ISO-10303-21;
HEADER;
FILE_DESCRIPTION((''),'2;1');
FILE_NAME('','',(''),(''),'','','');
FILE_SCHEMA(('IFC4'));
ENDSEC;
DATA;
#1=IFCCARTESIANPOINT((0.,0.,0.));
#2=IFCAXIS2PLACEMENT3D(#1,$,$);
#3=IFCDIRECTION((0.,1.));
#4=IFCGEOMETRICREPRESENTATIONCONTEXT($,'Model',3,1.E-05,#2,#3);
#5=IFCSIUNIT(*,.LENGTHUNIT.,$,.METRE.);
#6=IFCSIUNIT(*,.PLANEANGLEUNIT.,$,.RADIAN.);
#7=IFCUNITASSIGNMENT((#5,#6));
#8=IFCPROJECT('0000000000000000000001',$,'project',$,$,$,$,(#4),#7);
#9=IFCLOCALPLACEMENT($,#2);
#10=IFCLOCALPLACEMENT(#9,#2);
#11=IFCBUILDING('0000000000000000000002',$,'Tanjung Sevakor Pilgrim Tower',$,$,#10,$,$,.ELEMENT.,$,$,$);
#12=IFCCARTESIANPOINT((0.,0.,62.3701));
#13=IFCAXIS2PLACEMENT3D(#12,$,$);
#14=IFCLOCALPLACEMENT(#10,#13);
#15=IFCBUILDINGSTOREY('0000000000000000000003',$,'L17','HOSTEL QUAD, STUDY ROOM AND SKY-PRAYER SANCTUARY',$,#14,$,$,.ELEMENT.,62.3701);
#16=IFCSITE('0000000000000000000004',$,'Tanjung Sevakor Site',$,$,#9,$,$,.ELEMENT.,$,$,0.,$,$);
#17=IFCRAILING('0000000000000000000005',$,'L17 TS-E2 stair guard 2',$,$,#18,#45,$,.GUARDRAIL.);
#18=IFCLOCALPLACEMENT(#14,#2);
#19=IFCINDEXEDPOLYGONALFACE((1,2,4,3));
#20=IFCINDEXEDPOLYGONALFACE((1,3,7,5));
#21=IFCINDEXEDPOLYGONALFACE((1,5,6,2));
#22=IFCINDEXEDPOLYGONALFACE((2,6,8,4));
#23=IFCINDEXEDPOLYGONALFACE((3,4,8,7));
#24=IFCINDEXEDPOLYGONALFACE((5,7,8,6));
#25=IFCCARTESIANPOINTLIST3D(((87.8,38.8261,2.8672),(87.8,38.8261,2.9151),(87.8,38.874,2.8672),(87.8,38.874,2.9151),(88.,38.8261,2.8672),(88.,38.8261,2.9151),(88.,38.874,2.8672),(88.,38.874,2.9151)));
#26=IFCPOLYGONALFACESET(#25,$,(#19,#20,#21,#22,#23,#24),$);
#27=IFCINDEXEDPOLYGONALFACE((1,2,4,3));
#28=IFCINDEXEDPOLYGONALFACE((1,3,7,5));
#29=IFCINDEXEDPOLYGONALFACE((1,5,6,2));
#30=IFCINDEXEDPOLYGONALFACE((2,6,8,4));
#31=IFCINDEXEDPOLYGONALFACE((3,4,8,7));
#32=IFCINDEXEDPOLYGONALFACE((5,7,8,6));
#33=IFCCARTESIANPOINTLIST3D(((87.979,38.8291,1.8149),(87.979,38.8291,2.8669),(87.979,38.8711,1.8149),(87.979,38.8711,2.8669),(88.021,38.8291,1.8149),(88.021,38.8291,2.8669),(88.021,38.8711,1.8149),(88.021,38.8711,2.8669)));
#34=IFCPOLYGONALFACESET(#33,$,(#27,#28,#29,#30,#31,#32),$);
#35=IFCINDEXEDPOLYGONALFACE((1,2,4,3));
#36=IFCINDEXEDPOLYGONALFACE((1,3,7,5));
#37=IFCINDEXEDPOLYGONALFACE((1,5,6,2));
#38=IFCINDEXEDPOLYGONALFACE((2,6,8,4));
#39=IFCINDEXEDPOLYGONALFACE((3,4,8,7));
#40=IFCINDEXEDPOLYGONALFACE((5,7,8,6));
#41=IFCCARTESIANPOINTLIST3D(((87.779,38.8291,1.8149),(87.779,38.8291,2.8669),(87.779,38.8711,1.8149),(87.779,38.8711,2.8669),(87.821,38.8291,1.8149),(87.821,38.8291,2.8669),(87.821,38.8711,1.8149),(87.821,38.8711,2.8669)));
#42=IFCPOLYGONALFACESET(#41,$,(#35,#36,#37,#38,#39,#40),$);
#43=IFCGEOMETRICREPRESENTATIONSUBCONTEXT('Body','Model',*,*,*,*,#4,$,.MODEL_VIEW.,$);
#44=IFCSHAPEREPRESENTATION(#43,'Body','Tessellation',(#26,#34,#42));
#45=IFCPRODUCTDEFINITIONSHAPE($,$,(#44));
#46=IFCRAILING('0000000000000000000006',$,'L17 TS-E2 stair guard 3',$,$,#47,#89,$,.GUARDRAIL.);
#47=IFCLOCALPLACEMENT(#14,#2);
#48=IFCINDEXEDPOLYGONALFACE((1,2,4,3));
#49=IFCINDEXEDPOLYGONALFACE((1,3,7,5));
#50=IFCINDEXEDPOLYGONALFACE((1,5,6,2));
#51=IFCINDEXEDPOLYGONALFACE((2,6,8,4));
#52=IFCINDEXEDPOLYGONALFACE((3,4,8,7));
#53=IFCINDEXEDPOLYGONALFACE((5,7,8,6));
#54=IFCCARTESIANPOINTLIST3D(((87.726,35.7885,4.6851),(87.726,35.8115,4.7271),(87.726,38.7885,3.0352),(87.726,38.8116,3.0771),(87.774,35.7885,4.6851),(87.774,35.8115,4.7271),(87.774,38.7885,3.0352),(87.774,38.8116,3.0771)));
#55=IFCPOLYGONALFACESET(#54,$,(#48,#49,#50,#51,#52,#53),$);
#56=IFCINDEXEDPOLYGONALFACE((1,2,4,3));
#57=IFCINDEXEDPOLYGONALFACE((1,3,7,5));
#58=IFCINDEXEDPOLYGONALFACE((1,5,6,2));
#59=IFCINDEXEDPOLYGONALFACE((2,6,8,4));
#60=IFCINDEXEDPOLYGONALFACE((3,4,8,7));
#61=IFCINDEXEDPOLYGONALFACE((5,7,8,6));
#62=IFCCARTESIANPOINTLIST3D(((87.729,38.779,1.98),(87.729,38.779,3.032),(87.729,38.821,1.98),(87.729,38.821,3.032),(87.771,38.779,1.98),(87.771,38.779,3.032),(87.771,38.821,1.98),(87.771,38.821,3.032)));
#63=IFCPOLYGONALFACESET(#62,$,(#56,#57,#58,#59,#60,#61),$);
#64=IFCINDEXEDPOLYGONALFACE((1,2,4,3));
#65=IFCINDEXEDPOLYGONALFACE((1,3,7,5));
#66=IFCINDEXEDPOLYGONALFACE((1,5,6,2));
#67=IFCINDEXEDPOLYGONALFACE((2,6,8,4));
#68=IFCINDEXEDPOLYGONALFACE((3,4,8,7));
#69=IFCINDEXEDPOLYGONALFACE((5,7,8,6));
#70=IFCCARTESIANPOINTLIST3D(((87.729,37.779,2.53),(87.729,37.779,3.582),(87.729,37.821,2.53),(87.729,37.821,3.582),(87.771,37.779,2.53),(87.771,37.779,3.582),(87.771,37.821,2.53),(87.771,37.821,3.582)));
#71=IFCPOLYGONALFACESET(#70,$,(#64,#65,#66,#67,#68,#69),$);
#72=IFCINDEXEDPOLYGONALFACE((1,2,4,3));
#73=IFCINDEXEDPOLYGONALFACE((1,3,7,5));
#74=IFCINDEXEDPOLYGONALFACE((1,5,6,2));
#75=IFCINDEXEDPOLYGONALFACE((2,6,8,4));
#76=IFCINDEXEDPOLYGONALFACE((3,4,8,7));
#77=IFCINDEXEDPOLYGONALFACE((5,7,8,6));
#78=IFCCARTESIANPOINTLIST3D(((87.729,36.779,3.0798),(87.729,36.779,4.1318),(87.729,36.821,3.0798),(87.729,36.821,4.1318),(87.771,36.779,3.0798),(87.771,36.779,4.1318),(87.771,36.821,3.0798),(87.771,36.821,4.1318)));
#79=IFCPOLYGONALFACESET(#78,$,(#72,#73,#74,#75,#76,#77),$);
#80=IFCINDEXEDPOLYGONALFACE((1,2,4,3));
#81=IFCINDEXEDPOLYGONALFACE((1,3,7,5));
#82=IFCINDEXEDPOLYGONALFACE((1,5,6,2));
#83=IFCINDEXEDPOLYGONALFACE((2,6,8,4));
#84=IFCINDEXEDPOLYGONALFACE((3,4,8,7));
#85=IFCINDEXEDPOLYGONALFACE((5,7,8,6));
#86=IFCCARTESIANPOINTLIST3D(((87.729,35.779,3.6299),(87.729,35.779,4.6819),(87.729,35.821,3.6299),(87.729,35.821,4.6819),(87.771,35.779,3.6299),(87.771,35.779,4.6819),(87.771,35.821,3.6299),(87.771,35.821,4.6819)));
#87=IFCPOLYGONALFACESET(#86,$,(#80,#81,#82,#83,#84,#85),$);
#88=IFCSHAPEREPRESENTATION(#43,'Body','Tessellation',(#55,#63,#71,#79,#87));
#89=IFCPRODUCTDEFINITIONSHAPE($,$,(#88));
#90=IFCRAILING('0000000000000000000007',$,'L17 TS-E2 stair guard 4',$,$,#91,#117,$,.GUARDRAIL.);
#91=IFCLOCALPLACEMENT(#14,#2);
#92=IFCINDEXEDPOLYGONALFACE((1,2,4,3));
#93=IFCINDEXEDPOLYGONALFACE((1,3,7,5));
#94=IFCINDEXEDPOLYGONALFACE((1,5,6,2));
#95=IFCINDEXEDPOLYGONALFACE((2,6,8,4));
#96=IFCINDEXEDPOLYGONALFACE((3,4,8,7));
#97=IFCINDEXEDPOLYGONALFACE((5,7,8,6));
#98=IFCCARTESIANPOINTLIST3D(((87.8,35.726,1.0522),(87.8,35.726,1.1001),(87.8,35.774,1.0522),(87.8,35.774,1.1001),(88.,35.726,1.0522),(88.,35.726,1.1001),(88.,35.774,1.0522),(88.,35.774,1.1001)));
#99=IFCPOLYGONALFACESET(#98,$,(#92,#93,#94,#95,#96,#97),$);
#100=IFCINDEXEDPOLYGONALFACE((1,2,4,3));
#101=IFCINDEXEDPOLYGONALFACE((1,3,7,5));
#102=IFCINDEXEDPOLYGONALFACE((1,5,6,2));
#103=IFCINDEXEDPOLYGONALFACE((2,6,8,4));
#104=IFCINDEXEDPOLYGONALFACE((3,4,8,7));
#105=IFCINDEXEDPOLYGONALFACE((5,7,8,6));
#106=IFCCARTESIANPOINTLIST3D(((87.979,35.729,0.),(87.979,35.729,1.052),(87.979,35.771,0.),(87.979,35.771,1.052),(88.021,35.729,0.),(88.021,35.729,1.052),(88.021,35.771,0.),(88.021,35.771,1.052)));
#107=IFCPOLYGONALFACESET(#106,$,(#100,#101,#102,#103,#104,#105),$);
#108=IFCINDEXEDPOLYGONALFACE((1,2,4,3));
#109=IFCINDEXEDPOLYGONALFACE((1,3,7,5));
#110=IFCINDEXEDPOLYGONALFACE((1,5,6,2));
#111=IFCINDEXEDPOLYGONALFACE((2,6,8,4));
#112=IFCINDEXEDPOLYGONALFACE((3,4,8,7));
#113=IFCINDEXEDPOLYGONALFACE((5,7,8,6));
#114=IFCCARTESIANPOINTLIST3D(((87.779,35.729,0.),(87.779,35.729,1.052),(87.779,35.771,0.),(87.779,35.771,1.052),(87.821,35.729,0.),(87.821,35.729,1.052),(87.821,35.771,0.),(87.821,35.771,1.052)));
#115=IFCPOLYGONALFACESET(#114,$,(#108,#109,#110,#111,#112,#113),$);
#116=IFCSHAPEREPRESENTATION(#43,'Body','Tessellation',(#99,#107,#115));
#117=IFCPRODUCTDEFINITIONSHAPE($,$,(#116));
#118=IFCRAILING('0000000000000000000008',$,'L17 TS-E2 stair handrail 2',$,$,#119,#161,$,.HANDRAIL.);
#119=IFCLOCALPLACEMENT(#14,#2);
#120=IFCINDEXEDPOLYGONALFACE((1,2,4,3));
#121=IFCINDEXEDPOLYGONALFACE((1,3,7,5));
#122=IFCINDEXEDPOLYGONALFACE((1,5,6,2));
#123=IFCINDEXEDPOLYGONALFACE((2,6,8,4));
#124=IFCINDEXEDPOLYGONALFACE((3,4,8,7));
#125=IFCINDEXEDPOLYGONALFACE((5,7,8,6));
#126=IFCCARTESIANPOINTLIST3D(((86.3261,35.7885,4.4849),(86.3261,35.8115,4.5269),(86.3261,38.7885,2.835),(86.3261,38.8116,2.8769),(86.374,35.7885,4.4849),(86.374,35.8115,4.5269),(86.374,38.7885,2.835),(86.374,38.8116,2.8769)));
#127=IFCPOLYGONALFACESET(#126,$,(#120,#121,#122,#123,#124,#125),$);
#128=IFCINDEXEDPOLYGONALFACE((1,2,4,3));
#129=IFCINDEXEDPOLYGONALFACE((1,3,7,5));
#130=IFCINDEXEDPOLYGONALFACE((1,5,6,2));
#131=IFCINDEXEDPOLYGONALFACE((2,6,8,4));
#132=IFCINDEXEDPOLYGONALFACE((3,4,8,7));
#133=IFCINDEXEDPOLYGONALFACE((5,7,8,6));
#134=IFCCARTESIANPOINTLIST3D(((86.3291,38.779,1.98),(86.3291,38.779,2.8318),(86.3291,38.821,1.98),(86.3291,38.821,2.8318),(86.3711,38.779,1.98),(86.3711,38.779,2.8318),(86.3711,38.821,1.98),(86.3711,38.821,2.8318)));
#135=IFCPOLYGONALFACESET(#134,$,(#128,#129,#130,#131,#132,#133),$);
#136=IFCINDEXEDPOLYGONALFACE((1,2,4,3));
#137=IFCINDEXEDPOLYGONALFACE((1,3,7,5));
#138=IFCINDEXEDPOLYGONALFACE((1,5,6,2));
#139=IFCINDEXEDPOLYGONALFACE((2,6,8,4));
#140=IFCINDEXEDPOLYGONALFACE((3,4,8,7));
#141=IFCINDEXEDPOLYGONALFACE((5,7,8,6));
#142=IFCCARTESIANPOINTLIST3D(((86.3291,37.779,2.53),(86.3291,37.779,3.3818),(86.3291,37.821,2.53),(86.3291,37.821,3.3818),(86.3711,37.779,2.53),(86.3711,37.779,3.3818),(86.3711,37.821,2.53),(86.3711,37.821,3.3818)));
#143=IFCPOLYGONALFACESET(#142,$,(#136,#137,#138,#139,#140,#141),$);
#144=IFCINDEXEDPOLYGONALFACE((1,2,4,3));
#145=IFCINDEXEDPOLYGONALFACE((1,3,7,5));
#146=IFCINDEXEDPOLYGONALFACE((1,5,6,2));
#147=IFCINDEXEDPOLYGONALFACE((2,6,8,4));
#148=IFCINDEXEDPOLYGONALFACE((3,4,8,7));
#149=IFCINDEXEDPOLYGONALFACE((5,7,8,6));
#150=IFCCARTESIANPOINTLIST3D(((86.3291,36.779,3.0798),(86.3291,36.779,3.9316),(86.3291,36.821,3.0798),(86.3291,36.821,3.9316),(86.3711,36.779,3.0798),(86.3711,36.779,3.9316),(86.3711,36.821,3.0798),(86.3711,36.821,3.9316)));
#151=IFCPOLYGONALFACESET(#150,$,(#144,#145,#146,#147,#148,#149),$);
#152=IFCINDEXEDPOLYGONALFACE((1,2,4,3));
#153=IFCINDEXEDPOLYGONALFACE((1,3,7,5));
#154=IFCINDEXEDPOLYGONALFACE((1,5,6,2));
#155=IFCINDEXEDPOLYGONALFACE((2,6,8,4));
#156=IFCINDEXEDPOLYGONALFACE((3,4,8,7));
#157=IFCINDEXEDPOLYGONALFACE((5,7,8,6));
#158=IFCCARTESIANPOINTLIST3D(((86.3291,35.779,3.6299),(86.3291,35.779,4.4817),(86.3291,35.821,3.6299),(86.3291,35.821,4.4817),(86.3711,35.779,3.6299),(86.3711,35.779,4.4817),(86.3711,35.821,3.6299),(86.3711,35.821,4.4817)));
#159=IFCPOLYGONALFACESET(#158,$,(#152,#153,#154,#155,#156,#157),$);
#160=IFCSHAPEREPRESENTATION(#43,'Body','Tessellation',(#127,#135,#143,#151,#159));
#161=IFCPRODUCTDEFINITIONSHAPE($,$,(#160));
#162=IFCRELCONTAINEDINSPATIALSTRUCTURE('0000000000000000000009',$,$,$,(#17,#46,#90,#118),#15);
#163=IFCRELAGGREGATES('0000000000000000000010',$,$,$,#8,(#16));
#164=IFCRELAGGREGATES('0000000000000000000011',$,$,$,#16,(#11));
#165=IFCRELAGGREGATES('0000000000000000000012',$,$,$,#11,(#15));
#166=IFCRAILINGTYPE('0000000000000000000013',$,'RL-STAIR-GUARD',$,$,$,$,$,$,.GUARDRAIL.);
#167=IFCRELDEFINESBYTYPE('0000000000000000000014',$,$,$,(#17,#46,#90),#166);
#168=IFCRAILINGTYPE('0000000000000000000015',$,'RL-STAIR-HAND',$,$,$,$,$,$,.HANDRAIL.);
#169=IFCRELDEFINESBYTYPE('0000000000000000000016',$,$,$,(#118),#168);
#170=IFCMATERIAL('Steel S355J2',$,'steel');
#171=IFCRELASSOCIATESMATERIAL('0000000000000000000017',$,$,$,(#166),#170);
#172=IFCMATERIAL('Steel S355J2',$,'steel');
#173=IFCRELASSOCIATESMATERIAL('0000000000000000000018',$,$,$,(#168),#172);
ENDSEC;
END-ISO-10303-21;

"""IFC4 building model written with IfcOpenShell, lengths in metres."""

from ifc_helpers import new_model, si_unit, direction, frame, origin, place, context, subcontext, project, spatial, rectangle, extrude, material, type_object, element, save


model = new_model("IFC4")

# Units and contexts
model_context = context("Model", 3, precision=1e-05, world=origin(), true_north=direction((0.0, 1.0)))
body_context = subcontext(model_context, "Body", "Model", "MODEL_VIEW")
ifc_project = project(units=[si_unit("LENGTHUNIT", "METRE"), si_unit("PLANEANGLEUNIT", "RADIAN")], contexts=[model_context])

# Site, building, storey
site_placement = place(None, origin())
site = spatial("IfcSite", under=ifc_project, at=site_placement, Name="Tanjung Sevakor Site", CompositionType="ELEMENT", RefElevation=0.0)
building_placement = place(site_placement, origin())
building = spatial("IfcBuilding", under=site, at=building_placement, Name="Tanjung Sevakor Pilgrim Tower", CompositionType="ELEMENT")
storey_placement = place(building_placement, frame((0.0, 0.0, 62.3701)))
storey = spatial("IfcBuildingStorey", under=building, at=storey_placement, Name="L17", Description="HOSTEL QUAD, STUDY ROOM AND SKY-PRAYER SANCTUARY", CompositionType="ELEMENT", Elevation=62.3701)

# Railings
ifc_material_1 = material(Name="Steel S355J2", Category="steel")
railing_type_1 = type_object("IfcRailingType", Name="RL-STAIR-GUARD", PredefinedType="GUARDRAIL", material=ifc_material_1)
railing_1_placement = place(storey_placement, frame((88.0, 38.8501, 1.8149)))
element("IfcRailing", 1, at=railing_1_placement, inside=storey, type_object=railing_type_1, Name="L17 TS-E2 stair guard 2", PredefinedType="GUARDRAIL", context=body_context, shape_type="SweptSolid", body=[
    extrude(rectangle(XDim=0.0479, YDim=0.0479), frame((0.0, 0.0, 1.0762), z_axis=(-1.0, 0.0, 0.0), x_axis=(0.0, -1.0, 0.0)), (0.0, 0.0, 1.0), 0.2),
    extrude(rectangle(XDim=0.042, YDim=0.042), origin(), (0.0, 0.0, 1.0), 1.052),
    extrude(rectangle(XDim=0.042, YDim=0.042), frame((-0.2, 0.0, 0.0)), (0.0, 0.0, 1.0), 1.052),
])
railing_2_placement = place(storey_placement, frame((87.75, 38.8, 1.98)))
element("IfcRailing", 2, at=railing_2_placement, inside=storey, type_object=railing_type_1, Name="L17 TS-E2 stair guard 3", PredefinedType="GUARDRAIL", context=body_context, shape_type="SweptSolid", body=[
    extrude(rectangle(XDim=0.0479, YDim=0.0479), frame((0.0, 0.0, 1.0762), z_axis=(0.0, -0.876228, 0.481897), x_axis=(1.0, 0.0, 0.0)), (0.0, 0.0, 1.0), 3.4238),
    extrude(rectangle(XDim=0.042, YDim=0.042), origin(), (0.0, 0.0, 1.0), 1.052),
    extrude(rectangle(XDim=0.042, YDim=0.042), frame((0.0, -1.0, 0.55)), (0.0, 0.0, 1.0), 1.052),
    extrude(rectangle(XDim=0.042, YDim=0.042), frame((0.0, -2.0, 1.0999)), (0.0, 0.0, 1.0), 1.052),
    extrude(rectangle(XDim=0.042, YDim=0.042), frame((0.0, -3.0, 1.6499)), (0.0, 0.0, 1.0), 1.052),
])
railing_3_placement = place(storey_placement, frame((88.0, 35.75, 0.0)))
element("IfcRailing", 3, at=railing_3_placement, inside=storey, type_object=railing_type_1, Name="L17 TS-E2 stair guard 4", PredefinedType="GUARDRAIL", context=body_context, shape_type="SweptSolid", body=[
    extrude(rectangle(XDim=0.0479, YDim=0.0479), frame((0.0, 0.0, 1.0762), z_axis=(-1.0, 0.0, 0.0), x_axis=(0.0, -1.0, 0.0)), (0.0, 0.0, 1.0), 0.2),
    extrude(rectangle(XDim=0.042, YDim=0.042), origin(), (0.0, 0.0, 1.0), 1.052),
    extrude(rectangle(XDim=0.042, YDim=0.042), frame((-0.2, 0.0, 0.0)), (0.0, 0.0, 1.0), 1.052),
])
ifc_material_2 = material(Name="Steel S355J2", Category="steel")
railing_type_2 = type_object("IfcRailingType", Name="RL-STAIR-HAND", PredefinedType="HANDRAIL", material=ifc_material_2)
railing_4_placement = place(storey_placement, frame((86.3501, 38.8, 1.98)))
element("IfcRailing", 4, at=railing_4_placement, inside=storey, type_object=railing_type_2, Name="L17 TS-E2 stair handrail 2", PredefinedType="HANDRAIL", context=body_context, shape_type="SweptSolid", body=[
    extrude(rectangle(XDim=0.0479, YDim=0.0479), frame((0.0, 0.0, 0.876), z_axis=(0.0, -0.876228, 0.481897), x_axis=(1.0, 0.0, 0.0)), (0.0, 0.0, 1.0), 3.4238),
    extrude(rectangle(XDim=0.042, YDim=0.042), origin(), (0.0, 0.0, 1.0), 0.8518),
    extrude(rectangle(XDim=0.042, YDim=0.042), frame((0.0, -1.0, 0.55)), (0.0, 0.0, 1.0), 0.8518),
    extrude(rectangle(XDim=0.042, YDim=0.042), frame((0.0, -2.0, 1.0999)), (0.0, 0.0, 1.0), 0.8518),
    extrude(rectangle(XDim=0.042, YDim=0.042), frame((0.0, -3.0, 1.6499)), (0.0, 0.0, 1.0), 0.8518),
])

save(model, "model.ifc")
